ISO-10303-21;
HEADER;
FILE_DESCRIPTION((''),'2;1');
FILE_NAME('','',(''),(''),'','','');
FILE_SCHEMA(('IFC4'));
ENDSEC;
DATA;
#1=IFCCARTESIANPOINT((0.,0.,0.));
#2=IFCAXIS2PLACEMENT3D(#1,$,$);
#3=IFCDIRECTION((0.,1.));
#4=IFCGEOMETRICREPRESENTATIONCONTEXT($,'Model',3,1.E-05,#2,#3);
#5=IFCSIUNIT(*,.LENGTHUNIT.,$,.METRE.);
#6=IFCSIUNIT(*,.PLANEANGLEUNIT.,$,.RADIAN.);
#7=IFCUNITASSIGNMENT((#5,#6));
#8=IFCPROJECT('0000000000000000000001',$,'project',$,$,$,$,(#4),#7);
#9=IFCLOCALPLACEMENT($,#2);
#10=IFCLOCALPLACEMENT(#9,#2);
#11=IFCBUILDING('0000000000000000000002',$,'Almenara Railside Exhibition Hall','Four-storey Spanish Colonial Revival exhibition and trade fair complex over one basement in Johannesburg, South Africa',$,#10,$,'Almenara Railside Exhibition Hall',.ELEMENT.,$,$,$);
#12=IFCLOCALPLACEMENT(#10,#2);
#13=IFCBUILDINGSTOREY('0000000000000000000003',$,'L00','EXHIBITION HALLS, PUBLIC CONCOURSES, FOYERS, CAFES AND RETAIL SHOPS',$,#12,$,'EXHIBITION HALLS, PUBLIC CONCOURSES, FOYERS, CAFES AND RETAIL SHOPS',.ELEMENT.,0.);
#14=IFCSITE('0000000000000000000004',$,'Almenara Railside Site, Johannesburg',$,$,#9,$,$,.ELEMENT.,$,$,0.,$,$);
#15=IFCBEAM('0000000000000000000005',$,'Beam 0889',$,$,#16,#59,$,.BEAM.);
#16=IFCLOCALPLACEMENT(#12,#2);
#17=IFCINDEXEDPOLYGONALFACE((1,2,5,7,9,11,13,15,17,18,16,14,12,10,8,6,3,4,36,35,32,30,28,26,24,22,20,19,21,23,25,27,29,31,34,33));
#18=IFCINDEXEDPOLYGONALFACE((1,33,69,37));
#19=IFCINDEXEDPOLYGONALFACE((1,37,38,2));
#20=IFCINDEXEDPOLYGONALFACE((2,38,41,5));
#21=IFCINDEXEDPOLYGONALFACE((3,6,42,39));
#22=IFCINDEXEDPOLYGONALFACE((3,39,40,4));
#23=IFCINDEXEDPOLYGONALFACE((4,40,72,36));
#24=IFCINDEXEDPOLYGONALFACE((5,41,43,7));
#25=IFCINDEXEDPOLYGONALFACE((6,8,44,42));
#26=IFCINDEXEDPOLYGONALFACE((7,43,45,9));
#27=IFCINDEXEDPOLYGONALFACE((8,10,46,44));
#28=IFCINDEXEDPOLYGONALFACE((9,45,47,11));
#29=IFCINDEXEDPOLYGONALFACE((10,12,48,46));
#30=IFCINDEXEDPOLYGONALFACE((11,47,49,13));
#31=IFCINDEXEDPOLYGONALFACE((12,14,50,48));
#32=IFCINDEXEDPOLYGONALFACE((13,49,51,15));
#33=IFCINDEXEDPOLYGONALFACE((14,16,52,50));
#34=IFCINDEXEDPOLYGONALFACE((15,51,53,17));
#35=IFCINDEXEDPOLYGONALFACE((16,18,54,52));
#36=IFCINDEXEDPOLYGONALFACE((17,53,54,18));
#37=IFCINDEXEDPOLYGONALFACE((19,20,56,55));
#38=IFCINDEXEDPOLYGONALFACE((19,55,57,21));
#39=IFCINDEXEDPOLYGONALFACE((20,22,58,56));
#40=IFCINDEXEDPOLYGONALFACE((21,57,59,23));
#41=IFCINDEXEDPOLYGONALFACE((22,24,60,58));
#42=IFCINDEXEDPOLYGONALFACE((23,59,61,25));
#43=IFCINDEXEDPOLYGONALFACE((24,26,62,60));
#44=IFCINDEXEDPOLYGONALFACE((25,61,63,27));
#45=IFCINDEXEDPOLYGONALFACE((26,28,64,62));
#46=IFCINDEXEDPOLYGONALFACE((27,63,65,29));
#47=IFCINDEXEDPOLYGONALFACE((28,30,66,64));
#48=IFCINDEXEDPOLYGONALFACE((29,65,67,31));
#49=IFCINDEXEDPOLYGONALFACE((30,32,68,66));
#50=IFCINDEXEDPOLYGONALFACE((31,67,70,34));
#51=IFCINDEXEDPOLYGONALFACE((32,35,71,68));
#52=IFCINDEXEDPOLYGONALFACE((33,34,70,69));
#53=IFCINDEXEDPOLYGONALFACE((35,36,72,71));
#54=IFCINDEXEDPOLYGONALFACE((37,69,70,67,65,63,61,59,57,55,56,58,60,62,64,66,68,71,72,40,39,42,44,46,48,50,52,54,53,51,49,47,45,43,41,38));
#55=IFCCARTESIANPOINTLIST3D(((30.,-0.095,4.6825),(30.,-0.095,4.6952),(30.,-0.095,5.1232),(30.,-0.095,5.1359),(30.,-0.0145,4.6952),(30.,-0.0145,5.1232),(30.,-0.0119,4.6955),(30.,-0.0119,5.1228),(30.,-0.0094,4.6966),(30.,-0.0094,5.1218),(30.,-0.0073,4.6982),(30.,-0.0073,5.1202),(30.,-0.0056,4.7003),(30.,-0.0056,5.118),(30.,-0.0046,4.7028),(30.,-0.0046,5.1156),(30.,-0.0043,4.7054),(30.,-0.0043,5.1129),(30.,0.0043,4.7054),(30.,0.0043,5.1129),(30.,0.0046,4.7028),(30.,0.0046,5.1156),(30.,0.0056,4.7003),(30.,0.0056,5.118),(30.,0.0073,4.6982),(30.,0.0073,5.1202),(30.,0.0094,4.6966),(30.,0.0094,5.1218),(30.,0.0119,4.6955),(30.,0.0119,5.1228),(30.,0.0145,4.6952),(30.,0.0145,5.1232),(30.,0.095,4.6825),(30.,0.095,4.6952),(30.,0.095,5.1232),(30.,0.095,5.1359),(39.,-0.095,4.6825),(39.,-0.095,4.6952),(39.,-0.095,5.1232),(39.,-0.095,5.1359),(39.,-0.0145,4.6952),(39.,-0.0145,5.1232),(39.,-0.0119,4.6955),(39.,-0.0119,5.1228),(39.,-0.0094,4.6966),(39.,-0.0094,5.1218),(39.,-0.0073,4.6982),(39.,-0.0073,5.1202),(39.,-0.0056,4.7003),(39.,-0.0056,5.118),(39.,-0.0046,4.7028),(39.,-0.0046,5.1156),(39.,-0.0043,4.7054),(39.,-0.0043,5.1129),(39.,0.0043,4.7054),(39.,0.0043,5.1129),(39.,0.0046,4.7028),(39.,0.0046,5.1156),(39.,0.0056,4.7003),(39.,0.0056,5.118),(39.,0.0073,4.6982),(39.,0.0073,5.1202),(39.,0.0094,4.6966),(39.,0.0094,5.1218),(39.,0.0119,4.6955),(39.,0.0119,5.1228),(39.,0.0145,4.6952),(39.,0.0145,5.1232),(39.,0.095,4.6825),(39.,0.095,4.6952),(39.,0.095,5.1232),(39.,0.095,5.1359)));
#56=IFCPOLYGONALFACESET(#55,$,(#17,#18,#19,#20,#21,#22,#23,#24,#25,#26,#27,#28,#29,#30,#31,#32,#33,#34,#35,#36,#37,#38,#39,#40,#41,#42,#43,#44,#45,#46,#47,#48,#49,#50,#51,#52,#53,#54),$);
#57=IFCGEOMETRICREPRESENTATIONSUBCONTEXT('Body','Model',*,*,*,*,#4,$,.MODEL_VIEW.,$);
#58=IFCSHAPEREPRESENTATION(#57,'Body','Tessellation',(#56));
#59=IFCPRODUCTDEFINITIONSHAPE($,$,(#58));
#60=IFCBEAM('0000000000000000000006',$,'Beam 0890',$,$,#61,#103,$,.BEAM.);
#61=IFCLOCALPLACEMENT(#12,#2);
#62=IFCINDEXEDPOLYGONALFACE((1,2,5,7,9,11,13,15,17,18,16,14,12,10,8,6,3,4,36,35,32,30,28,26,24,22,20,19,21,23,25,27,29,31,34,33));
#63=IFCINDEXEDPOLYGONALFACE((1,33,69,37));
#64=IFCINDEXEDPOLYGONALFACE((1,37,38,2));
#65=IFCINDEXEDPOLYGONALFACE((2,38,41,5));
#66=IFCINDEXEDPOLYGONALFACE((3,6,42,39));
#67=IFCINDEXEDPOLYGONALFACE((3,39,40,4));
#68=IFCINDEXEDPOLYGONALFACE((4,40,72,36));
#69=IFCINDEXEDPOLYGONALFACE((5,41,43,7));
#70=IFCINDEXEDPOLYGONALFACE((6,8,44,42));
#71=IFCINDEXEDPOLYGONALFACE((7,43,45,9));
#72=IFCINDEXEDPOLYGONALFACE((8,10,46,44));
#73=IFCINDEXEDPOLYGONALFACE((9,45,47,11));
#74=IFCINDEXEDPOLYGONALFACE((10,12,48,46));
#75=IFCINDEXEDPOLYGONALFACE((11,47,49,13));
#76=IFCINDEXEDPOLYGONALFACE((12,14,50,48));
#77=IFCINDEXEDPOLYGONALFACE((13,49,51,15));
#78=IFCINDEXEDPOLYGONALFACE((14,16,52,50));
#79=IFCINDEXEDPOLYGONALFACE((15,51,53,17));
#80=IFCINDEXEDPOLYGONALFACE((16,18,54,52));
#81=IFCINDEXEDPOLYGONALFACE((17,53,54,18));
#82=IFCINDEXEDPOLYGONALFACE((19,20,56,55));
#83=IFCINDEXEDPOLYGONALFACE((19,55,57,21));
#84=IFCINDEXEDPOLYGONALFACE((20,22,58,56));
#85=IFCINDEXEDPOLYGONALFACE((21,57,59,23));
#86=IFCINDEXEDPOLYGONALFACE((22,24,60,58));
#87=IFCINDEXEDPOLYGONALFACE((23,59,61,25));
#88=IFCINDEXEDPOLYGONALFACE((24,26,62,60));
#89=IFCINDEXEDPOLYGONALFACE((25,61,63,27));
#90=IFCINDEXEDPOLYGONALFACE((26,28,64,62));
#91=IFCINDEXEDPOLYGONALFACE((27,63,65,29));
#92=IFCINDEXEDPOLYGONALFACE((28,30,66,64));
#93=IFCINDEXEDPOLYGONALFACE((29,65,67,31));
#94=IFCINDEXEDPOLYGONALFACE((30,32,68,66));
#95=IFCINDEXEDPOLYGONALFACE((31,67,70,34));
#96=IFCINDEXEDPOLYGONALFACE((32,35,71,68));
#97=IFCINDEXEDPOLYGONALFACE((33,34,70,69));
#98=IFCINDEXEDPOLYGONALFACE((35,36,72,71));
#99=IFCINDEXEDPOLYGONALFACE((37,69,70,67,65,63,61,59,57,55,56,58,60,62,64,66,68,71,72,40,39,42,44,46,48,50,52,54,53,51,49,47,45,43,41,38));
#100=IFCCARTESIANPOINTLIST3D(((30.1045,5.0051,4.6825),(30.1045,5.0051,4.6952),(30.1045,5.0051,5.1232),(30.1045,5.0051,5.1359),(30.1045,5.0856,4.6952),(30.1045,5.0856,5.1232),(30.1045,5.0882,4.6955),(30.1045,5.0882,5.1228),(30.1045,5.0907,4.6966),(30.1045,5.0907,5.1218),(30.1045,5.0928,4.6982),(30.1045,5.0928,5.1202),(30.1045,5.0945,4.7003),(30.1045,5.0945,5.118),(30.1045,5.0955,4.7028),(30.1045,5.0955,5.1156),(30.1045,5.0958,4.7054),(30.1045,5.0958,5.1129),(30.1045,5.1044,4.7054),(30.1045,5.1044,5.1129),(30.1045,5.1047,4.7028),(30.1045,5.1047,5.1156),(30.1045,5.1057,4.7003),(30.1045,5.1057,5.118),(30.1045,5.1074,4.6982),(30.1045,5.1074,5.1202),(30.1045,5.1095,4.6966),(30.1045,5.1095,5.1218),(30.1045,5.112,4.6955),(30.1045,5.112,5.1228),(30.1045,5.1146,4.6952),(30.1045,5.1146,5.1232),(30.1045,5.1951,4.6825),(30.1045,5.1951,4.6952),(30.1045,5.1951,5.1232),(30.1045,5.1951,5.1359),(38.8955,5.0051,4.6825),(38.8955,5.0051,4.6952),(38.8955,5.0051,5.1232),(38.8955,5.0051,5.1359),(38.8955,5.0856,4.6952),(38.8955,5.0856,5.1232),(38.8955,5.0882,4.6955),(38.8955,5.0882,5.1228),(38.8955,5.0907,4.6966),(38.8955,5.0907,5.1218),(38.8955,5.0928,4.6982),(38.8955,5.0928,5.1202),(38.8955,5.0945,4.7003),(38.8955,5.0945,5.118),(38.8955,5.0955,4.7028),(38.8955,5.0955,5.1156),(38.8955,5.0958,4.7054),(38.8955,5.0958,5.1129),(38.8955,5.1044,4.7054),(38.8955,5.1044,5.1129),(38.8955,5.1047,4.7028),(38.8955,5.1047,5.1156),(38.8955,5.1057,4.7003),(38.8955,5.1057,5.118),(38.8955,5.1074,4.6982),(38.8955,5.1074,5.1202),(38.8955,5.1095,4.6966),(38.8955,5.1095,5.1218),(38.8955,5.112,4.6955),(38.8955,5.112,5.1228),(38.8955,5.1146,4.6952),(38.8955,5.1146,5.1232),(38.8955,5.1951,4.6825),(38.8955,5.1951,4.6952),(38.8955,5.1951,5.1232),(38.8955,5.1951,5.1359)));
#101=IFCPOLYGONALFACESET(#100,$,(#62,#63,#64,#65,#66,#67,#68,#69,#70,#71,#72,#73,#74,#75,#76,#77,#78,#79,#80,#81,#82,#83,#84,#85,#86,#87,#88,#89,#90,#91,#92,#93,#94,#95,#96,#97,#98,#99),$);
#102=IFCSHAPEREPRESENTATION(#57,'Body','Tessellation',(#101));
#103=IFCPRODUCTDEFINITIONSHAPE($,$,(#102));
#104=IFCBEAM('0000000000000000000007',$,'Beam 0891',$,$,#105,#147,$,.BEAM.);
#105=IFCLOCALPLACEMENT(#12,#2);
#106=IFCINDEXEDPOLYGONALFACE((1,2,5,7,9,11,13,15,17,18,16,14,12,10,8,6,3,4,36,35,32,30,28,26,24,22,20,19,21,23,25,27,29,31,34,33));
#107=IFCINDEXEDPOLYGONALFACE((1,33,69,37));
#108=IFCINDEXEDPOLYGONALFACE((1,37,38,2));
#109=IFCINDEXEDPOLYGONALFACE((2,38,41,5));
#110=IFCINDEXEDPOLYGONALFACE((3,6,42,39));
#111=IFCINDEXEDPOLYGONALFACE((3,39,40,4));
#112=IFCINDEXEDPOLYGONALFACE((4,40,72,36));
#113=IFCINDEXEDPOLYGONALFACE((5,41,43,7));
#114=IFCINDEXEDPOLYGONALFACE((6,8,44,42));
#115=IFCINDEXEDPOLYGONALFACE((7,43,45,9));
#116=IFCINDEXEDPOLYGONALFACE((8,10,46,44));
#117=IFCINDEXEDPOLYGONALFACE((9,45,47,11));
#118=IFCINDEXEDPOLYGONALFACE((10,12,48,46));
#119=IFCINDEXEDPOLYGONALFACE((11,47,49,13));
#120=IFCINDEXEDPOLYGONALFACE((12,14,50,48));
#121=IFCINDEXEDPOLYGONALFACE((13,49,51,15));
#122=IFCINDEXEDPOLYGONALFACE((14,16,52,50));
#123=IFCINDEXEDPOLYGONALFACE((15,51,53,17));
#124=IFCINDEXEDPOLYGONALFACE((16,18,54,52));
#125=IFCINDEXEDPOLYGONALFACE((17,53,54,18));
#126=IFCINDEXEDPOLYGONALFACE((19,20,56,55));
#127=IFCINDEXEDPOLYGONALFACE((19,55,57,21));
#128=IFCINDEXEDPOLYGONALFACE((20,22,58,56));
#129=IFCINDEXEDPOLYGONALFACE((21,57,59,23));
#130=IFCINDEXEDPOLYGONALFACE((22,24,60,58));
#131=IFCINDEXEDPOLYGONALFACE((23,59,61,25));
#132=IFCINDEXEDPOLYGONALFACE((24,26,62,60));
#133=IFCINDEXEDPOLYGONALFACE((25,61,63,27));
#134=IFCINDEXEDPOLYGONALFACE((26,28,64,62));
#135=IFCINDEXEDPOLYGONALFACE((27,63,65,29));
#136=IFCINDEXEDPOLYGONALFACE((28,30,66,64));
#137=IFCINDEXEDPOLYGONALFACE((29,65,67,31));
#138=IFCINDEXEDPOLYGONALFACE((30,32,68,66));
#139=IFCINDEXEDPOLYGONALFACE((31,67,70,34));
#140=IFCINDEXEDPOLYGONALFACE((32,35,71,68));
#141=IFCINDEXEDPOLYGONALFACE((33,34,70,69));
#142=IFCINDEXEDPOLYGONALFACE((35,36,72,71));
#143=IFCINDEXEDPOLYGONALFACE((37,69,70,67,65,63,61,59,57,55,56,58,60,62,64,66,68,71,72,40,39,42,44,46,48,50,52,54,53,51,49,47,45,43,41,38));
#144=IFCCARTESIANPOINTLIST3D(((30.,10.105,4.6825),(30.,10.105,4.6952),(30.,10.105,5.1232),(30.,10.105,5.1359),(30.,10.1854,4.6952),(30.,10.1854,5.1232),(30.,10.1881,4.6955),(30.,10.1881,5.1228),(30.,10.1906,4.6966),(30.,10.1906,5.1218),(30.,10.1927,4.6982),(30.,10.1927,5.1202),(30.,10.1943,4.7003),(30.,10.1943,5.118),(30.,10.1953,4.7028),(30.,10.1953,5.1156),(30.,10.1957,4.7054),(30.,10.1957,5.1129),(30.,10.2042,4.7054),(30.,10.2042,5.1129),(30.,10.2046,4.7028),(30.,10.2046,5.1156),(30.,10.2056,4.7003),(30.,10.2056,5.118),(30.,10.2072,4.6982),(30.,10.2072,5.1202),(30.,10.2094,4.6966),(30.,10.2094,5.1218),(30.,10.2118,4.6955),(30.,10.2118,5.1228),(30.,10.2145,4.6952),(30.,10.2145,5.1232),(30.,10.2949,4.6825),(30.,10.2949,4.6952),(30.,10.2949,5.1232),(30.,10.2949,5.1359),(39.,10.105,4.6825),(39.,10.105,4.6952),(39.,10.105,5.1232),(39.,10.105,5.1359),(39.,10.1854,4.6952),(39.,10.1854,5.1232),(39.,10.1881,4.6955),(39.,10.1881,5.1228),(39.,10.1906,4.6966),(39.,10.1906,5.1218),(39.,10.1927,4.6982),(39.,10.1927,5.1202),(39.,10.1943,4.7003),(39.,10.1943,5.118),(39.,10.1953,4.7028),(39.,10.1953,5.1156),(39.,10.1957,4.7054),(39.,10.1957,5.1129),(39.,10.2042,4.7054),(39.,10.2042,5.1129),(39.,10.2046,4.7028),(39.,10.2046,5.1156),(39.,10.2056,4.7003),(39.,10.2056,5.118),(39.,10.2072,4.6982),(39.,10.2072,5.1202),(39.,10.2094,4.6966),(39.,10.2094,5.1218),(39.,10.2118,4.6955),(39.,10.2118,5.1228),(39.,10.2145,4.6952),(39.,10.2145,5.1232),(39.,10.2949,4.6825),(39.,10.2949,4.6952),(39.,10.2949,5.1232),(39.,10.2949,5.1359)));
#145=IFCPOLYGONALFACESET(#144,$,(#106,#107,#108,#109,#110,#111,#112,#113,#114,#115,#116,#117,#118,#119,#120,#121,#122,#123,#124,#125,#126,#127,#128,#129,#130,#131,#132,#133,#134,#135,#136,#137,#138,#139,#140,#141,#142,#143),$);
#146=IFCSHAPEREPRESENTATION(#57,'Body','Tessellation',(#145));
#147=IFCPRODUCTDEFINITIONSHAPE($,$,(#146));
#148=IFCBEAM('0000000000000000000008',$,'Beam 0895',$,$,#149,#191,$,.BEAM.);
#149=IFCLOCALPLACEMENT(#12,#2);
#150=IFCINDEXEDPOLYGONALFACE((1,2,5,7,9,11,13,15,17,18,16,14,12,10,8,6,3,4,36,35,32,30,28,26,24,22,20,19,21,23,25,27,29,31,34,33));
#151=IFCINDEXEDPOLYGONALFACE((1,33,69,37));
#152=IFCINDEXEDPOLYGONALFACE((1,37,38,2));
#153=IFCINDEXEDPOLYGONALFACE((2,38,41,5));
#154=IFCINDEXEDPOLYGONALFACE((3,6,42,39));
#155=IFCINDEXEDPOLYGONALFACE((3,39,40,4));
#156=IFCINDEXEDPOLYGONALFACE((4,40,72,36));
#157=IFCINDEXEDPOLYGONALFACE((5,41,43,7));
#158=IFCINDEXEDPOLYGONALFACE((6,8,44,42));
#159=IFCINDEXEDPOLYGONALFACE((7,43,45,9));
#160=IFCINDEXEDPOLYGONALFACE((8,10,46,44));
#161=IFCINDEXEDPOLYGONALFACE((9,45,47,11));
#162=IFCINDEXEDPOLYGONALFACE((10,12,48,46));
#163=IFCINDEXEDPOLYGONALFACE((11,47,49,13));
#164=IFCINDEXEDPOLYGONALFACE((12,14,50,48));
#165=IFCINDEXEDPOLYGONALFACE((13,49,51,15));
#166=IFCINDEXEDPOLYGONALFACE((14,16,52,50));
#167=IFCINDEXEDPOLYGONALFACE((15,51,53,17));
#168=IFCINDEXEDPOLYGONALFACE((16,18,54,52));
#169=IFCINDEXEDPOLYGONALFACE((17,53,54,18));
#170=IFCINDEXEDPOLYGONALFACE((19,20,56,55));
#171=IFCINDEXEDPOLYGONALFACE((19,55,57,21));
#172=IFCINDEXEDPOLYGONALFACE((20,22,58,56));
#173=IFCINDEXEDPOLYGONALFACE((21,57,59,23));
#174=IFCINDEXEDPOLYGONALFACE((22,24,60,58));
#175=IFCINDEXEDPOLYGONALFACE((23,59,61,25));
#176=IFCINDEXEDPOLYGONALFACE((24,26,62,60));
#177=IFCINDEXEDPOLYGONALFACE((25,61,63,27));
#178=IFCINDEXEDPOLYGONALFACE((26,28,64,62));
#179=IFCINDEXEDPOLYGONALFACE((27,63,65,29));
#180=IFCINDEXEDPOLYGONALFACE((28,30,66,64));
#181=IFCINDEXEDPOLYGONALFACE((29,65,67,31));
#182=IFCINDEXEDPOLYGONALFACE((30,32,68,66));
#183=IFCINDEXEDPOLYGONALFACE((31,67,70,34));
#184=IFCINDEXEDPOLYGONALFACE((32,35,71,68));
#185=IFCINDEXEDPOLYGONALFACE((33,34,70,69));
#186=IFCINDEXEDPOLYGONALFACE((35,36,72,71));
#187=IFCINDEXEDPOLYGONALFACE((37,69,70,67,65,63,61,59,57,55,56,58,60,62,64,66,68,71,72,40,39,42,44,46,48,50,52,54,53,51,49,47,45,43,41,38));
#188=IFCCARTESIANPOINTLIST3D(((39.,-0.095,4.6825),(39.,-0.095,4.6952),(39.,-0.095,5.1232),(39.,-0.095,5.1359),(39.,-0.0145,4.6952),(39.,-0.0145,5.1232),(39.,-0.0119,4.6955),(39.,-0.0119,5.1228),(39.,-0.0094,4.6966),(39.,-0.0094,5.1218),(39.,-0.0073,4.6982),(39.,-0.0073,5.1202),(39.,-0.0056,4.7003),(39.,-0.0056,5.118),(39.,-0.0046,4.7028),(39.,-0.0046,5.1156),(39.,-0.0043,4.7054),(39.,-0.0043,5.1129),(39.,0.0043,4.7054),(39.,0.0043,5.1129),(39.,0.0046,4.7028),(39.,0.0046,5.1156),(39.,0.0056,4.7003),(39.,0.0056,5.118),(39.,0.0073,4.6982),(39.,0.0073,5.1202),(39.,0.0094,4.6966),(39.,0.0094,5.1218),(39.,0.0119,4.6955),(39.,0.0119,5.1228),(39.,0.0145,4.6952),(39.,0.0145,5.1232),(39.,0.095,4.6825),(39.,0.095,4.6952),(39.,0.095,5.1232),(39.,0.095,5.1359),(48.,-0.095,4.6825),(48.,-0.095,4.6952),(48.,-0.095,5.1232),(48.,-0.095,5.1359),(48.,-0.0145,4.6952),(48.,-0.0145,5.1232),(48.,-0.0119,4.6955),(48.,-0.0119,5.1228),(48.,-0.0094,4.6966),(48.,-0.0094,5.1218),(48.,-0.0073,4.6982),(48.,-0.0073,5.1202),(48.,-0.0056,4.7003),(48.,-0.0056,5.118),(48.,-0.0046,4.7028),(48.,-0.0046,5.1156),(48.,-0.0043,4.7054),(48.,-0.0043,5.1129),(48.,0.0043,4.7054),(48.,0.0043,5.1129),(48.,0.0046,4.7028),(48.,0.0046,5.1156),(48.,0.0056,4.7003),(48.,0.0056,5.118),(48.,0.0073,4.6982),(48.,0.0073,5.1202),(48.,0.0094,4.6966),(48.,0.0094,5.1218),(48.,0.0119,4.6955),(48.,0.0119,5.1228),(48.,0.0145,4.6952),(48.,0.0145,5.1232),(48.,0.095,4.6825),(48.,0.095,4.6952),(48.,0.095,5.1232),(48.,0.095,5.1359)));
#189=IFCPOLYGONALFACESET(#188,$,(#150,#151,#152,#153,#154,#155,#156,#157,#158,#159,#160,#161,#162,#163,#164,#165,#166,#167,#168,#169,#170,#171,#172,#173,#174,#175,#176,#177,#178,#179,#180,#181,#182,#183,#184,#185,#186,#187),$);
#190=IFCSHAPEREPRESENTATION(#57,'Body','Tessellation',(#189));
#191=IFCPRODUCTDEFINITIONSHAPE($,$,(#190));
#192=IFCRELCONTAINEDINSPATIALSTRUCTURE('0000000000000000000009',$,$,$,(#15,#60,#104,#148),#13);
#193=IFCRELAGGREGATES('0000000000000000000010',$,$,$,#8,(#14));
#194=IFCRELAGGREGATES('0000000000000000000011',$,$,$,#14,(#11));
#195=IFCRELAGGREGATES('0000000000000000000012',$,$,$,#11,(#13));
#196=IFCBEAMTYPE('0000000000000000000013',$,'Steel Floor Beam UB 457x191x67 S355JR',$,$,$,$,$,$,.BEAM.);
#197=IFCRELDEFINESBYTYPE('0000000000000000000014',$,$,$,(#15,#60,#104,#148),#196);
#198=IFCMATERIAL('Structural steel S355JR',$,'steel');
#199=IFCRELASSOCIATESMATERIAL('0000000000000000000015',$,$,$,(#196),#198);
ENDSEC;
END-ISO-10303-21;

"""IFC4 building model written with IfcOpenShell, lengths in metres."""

from ifc_helpers import new_model, si_unit, direction, frame, origin, origin_2d, place, context, subcontext, project, spatial, i_section, extrude, material, material_profile, profile_set, type_object, element, save


model = new_model("IFC4")

# Units and contexts
model_context = context("Model", 3, precision=1e-05, world=origin(), true_north=direction((0.0, 1.0)))
body_context = subcontext(model_context, "Body", "Model", "MODEL_VIEW")
ifc_project = project(units=[si_unit("LENGTHUNIT", "METRE"), si_unit("PLANEANGLEUNIT", "RADIAN")], contexts=[model_context])

# Site, building, storey
site_placement = place(None, origin())
site = spatial("IfcSite", under=ifc_project, at=site_placement, Name="Almenara Railside Site, Johannesburg", CompositionType="ELEMENT", RefElevation=0.0)
building_placement = place(site_placement, origin())
building = spatial("IfcBuilding", under=site, at=building_placement, Name="Almenara Railside Exhibition Hall", Description="Four-storey Spanish Colonial Revival exhibition and trade fair complex over one basement in Johannesburg, South Africa", LongName="Almenara Railside Exhibition Hall", CompositionType="ELEMENT")
storey_placement = place(building_placement, origin())
storey = spatial("IfcBuildingStorey", under=building, at=storey_placement, Name="L00", Description="EXHIBITION HALLS, PUBLIC CONCOURSES, FOYERS, CAFES AND RETAIL SHOPS", LongName="EXHIBITION HALLS, PUBLIC CONCOURSES, FOYERS, CAFES AND RETAIL SHOPS", CompositionType="ELEMENT", Elevation=0.0)

# Beams
ifc_material_1 = material(Name="Structural steel S355JR", Category="steel")
ifc_material_profile_1 = material_profile(ifc_material_1, i_section(OverallWidth=0.1899, OverallDepth=0.4534, WebThickness=0.0085, FlangeThickness=0.0127, FilletRadius=0.0103, at=origin_2d()), Name="UB 457x191x67")
ifc_profile_set_1 = profile_set([ifc_material_profile_1], Name="Structural steel S355JR")
beam_type_1 = type_object("IfcBeamType", Name="Steel Floor Beam UB 457x191x67 S355JR", PredefinedType="BEAM", material=ifc_profile_set_1)
beam_1_placement = place(storey_placement, frame((30.0, 0.0, 4.9092), z_axis=(1.0, 0.0, 0.0), x_axis=(0.0, 1.0, 0.0)))
element("IfcBeam", 1, at=beam_1_placement, inside=storey, type_object=beam_type_1, Name="Beam 0889", PredefinedType="BEAM", context=body_context, shape_type="SweptSolid", body=[
    extrude(i_section(OverallWidth=0.1899, OverallDepth=0.4534, WebThickness=0.0085, FlangeThickness=0.0127, FilletRadius=0.0103, at=origin_2d()), origin(), (0.0, 0.0, 1.0), 9.0),
])
beam_2_placement = place(storey_placement, frame((30.1045, 5.1001, 4.9092), z_axis=(1.0, 0.0, 0.0), x_axis=(0.0, 1.0, 0.0)))
element("IfcBeam", 2, at=beam_2_placement, inside=storey, type_object=beam_type_1, Name="Beam 0890", PredefinedType="BEAM", context=body_context, shape_type="SweptSolid", body=[
    extrude(i_section(OverallWidth=0.1899, OverallDepth=0.4534, WebThickness=0.0085, FlangeThickness=0.0127, FilletRadius=0.0103, at=origin_2d()), origin(), (0.0, 0.0, 1.0), 8.791),
])
for number, where, z_axis, x_axis, name in (
    (3, (30.0, 10.2, 4.9092), (1.0, 0.0, 0.0), (0.0, 1.0, 0.0), "Beam 0891"),
    (4, (39.0, 0.0, 4.9092), (1.0, 0.0, 0.0), (0.0, 1.0, 0.0), "Beam 0895"),
):
    element("IfcBeam", number, at=place(storey_placement, frame(where, z_axis=z_axis, x_axis=x_axis)), inside=storey, type_object=beam_type_1, Name=name, PredefinedType="BEAM", context=body_context, shape_type="SweptSolid", body=[
        extrude(i_section(OverallWidth=0.1899, OverallDepth=0.4534, WebThickness=0.0085, FlangeThickness=0.0127, FilletRadius=0.0103, at=origin_2d()), origin(), (0.0, 0.0, 1.0), 9.0),
    ])

save(model, "model.ifc")
